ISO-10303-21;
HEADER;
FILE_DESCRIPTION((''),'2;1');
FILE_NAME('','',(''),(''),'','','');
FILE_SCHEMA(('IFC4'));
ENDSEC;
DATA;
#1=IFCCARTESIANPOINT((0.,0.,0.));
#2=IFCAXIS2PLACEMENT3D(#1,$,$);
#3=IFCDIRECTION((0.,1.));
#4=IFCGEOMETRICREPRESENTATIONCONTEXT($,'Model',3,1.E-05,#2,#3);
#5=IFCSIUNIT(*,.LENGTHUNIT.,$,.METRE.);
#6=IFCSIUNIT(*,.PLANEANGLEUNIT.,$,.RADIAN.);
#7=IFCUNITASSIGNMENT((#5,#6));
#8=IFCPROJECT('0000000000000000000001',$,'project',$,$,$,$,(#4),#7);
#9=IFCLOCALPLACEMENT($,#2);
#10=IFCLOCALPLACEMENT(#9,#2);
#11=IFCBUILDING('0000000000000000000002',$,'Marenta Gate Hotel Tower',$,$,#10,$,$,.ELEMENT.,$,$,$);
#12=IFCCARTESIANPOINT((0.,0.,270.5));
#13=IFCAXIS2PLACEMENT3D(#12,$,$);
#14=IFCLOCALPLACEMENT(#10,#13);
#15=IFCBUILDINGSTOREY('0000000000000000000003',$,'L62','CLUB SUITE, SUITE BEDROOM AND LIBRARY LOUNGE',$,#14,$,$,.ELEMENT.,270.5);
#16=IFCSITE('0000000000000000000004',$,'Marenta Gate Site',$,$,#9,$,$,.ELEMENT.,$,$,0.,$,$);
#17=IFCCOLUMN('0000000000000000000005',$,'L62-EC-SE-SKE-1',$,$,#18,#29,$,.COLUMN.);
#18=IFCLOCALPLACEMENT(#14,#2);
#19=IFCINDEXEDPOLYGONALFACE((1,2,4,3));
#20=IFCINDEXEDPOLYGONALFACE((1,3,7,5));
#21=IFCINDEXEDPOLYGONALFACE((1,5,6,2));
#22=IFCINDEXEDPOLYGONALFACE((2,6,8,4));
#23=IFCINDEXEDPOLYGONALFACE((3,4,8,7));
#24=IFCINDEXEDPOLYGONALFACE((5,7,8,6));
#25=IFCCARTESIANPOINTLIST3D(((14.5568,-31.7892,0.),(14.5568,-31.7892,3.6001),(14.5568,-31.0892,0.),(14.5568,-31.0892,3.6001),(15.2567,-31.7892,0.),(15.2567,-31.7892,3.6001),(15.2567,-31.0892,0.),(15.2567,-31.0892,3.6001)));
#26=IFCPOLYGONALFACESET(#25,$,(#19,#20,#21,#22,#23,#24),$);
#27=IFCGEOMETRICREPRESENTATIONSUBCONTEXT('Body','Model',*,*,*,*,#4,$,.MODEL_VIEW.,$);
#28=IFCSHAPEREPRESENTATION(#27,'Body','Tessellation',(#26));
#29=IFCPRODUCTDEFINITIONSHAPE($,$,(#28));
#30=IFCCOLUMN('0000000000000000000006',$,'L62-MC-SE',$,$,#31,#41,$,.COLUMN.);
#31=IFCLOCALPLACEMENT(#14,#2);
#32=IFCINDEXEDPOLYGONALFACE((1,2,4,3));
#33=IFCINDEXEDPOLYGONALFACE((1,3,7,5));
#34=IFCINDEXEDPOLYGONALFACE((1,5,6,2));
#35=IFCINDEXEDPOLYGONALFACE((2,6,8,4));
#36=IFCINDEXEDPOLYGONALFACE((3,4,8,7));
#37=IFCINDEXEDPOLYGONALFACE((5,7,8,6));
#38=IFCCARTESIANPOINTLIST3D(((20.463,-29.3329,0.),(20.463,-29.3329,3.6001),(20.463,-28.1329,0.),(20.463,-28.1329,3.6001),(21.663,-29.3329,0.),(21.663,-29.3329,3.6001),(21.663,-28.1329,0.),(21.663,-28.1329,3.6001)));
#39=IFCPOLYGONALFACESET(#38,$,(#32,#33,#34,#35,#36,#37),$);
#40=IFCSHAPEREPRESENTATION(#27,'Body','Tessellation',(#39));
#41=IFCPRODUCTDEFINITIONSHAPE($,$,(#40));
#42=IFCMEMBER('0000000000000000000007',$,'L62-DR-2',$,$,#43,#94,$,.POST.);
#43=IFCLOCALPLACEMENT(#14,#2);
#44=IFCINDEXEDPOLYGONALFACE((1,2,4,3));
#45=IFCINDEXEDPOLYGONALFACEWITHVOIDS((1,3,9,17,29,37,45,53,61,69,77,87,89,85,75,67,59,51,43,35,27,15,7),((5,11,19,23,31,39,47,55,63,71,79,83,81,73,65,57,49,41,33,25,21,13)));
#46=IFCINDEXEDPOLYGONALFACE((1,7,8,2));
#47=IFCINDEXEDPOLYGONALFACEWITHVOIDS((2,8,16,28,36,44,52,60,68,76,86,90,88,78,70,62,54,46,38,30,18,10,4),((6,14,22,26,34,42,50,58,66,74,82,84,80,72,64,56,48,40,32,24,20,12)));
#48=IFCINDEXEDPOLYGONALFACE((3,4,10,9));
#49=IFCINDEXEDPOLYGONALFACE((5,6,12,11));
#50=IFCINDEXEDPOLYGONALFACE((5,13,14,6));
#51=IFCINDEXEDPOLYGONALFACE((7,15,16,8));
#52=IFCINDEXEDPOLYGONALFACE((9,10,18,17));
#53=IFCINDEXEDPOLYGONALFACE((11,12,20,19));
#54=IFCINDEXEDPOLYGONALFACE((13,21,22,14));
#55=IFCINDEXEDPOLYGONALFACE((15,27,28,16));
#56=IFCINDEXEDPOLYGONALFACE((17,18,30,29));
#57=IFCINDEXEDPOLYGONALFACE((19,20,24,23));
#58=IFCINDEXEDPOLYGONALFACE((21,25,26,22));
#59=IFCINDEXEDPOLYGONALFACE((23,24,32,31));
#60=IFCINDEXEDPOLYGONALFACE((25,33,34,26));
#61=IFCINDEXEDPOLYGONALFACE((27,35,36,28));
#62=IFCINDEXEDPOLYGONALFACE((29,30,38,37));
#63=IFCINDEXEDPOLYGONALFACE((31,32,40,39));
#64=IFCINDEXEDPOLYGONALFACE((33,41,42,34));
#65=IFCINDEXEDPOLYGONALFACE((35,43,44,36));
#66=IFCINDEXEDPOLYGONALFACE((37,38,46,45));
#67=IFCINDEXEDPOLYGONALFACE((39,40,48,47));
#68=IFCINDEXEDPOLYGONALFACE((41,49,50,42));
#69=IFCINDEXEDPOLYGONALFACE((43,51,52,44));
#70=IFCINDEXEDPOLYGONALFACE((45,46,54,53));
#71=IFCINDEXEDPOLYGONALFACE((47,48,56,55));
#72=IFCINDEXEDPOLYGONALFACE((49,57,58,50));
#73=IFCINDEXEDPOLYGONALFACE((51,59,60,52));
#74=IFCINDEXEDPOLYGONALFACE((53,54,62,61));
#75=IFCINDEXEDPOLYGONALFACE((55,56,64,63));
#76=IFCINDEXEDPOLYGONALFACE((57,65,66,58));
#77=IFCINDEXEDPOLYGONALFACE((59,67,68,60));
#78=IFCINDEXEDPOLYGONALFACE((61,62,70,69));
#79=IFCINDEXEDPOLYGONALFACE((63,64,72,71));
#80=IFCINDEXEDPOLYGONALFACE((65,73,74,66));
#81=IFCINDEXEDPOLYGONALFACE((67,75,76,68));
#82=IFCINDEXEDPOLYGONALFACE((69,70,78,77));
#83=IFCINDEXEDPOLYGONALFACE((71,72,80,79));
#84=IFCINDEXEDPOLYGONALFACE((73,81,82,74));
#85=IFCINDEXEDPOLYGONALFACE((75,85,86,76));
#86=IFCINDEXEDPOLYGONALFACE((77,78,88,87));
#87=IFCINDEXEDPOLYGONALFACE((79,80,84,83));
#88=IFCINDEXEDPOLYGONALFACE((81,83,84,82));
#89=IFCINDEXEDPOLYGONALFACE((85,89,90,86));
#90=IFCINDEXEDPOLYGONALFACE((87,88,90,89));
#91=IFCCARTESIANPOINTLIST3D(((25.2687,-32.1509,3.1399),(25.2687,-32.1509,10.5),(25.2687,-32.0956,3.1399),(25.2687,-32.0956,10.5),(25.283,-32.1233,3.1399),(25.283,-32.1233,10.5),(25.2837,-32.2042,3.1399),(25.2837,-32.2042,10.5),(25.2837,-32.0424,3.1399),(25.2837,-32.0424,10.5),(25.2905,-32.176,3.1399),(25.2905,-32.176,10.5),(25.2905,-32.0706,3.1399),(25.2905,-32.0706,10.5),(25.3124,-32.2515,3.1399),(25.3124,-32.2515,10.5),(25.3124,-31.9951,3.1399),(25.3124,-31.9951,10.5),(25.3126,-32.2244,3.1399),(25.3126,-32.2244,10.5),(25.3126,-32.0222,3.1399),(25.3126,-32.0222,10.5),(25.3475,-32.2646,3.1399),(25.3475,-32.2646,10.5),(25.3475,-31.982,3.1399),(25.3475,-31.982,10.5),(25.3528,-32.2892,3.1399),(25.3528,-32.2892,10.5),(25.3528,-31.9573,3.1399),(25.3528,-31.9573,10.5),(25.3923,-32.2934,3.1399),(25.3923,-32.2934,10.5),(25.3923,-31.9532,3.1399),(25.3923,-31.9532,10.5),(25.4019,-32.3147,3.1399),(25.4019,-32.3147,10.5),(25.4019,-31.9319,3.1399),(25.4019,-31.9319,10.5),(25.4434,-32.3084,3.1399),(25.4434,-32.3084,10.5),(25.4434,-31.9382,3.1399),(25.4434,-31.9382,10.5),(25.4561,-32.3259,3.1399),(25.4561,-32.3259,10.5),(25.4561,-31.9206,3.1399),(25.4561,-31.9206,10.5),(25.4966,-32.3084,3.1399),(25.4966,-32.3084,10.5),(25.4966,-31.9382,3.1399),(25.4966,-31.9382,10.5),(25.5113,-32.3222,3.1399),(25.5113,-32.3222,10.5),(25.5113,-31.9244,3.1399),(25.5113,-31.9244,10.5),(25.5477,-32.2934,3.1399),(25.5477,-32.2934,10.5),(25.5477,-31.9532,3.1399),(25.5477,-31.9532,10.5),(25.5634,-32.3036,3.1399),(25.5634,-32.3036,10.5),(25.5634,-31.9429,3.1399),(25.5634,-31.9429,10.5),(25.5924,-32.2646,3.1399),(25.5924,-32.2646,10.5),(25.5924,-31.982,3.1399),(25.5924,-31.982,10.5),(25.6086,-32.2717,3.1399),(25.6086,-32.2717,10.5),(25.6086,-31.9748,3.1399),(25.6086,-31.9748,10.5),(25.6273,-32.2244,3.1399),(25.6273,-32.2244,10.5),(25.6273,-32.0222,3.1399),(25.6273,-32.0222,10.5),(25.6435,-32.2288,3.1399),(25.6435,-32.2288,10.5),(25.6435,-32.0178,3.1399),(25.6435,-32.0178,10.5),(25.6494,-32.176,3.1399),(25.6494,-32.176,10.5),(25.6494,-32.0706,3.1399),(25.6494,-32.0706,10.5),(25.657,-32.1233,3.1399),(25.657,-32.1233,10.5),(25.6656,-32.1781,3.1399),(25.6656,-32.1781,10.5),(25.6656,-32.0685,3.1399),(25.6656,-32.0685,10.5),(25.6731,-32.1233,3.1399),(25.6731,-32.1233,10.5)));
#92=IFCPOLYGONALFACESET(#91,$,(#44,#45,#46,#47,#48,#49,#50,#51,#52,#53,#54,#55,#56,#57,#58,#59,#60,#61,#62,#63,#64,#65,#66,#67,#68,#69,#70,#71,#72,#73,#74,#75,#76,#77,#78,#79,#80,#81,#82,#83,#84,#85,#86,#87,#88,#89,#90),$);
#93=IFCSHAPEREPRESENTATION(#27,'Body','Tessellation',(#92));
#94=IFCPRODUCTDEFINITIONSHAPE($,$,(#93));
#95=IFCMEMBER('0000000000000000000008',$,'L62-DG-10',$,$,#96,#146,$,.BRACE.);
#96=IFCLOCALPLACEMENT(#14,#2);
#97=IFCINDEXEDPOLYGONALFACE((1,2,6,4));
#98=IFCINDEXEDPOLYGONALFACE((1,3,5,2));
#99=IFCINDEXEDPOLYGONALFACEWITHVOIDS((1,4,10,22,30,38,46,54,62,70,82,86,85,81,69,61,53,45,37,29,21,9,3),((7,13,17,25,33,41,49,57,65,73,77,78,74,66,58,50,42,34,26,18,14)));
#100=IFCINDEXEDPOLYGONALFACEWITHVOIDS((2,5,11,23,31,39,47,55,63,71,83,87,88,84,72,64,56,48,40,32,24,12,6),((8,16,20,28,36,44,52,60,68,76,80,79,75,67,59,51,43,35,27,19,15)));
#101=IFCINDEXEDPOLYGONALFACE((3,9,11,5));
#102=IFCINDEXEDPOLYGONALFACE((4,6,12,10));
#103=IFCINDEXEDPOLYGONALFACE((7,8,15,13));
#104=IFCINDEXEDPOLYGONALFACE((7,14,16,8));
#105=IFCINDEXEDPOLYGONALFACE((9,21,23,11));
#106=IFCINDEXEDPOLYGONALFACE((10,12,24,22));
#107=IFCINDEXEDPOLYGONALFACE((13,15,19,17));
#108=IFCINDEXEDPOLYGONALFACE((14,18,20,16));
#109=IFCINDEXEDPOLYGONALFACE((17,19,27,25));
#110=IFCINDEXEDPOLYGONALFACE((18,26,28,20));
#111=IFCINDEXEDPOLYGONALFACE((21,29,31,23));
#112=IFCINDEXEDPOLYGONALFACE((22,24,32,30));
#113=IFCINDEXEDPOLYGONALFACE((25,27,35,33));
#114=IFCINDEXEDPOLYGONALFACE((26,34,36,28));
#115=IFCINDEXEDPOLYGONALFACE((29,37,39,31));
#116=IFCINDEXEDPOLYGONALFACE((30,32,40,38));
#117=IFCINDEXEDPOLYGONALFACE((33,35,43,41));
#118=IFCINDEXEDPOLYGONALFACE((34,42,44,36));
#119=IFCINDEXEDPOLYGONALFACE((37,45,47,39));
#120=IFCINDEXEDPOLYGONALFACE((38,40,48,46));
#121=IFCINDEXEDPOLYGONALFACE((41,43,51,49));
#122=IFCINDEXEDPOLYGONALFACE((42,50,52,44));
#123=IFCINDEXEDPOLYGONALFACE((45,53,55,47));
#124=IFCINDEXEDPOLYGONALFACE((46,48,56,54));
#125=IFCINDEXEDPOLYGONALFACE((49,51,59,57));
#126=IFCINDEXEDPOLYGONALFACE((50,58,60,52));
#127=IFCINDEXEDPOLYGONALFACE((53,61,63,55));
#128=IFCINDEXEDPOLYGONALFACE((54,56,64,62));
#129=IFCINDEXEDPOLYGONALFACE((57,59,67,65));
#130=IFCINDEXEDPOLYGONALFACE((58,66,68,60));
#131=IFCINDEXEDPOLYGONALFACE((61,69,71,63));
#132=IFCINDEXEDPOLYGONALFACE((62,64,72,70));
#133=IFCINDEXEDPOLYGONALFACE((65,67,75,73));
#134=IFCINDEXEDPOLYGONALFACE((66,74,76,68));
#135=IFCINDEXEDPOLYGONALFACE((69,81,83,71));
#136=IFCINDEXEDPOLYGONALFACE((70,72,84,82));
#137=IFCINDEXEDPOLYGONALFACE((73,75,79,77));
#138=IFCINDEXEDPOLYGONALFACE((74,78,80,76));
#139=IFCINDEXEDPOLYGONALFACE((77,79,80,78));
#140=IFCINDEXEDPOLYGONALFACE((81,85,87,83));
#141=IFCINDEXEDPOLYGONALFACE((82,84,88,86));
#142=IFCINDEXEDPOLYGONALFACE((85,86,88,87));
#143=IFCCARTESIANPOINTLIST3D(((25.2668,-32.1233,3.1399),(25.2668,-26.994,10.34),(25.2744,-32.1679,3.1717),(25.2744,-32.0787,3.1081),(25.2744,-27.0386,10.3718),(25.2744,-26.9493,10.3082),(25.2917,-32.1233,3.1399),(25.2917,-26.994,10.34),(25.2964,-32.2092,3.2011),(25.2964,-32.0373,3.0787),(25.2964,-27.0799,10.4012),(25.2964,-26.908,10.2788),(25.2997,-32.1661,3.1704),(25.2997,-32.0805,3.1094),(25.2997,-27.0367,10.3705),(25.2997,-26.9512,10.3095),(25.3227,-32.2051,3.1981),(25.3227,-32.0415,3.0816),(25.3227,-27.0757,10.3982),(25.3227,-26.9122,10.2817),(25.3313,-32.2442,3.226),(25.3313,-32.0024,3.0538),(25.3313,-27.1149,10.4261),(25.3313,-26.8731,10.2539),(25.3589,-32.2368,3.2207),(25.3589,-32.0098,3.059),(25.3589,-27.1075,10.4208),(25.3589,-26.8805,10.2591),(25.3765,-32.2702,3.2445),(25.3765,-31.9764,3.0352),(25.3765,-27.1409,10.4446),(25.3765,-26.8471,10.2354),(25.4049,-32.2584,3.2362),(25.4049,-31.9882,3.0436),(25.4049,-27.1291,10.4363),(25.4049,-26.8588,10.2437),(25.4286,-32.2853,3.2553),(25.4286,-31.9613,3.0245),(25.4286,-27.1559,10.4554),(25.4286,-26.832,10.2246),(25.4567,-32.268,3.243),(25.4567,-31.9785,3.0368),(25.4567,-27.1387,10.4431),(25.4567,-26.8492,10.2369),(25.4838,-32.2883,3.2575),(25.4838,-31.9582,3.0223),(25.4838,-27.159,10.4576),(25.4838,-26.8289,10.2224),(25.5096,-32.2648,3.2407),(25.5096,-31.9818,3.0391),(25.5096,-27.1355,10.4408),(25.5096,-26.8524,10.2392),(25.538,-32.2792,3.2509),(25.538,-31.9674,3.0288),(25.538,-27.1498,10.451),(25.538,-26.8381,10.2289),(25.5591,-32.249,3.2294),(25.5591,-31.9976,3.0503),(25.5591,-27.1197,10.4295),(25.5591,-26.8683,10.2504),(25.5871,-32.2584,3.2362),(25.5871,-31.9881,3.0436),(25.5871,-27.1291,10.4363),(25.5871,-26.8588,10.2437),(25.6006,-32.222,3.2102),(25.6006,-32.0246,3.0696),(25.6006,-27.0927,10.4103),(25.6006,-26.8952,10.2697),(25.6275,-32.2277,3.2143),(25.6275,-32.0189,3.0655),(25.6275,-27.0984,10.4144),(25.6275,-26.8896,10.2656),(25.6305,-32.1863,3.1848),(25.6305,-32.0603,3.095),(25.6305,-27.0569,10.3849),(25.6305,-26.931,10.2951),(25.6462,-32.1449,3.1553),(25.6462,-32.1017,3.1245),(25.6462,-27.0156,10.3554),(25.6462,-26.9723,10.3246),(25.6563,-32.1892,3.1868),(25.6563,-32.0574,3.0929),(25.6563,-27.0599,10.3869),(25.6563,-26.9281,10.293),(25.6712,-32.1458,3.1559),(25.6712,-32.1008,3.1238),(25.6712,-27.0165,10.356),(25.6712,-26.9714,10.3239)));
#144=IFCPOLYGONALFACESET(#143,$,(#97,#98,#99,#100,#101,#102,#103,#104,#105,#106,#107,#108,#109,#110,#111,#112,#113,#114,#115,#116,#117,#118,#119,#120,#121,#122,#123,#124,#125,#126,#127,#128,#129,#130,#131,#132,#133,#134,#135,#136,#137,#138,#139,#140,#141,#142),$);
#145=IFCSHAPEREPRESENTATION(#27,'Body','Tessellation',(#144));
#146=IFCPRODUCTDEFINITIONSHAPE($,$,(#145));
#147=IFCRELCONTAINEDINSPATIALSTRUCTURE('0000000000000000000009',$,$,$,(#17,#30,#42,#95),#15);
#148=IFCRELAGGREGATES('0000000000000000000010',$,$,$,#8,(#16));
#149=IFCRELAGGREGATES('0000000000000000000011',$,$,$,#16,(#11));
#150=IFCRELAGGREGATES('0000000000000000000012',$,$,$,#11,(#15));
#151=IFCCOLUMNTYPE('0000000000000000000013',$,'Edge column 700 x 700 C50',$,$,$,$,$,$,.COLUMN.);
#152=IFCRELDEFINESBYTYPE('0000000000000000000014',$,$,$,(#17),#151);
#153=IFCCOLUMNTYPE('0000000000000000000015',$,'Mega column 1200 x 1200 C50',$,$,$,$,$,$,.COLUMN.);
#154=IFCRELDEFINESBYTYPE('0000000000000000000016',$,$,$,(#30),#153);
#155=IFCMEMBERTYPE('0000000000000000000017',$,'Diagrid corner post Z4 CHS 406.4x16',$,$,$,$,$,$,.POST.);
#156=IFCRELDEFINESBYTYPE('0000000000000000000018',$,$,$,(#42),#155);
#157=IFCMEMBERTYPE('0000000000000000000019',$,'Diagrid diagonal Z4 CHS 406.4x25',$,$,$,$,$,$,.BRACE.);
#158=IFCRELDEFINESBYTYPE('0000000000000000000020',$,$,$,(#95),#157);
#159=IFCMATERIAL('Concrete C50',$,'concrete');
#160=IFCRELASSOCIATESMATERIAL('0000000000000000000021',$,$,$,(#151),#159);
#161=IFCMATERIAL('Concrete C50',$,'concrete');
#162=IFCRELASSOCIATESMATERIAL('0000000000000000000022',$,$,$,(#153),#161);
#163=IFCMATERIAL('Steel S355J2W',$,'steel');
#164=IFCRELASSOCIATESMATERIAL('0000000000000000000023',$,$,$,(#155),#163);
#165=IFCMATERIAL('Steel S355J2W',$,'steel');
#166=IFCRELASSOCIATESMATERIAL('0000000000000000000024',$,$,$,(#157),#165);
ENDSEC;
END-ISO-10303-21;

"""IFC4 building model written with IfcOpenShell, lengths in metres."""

from ifc_helpers import new_model, si_unit, direction, frame, origin, origin_2d, place, context, subcontext, project, spatial, rectangle, hollow_circle, extrude, material, material_profile, profile_set, type_object, element, save


model = new_model("IFC4")

# Units and contexts
model_context = context("Model", 3, precision=1e-05, world=origin(), true_north=direction((0.0, 1.0)))
body_context = subcontext(model_context, "Body", "Model", "MODEL_VIEW")
ifc_project = project(units=[si_unit("LENGTHUNIT", "METRE"), si_unit("PLANEANGLEUNIT", "RADIAN")], contexts=[model_context])

# Site, building, storey
site_placement = place(None, origin())
site = spatial("IfcSite", under=ifc_project, at=site_placement, Name="Marenta Gate Site", CompositionType="ELEMENT", RefElevation=0.0)
building_placement = place(site_placement, origin())
building = spatial("IfcBuilding", under=site, at=building_placement, Name="Marenta Gate Hotel Tower", CompositionType="ELEMENT")
storey_placement = place(building_placement, frame((0.0, 0.0, 270.5)))
storey = spatial("IfcBuildingStorey", under=building, at=storey_placement, Name="L62", Description="CLUB SUITE, SUITE BEDROOM AND LIBRARY LOUNGE", CompositionType="ELEMENT", Elevation=270.5)

# Columns
ifc_material_1 = material(Name="Concrete C50", Category="concrete")
ifc_material_profile_1 = material_profile(ifc_material_1, rectangle(XDim=0.7, YDim=0.7, at=origin_2d()), Name="700 x 700")
ifc_profile_set_1 = profile_set([ifc_material_profile_1], Name="Concrete C50")
column_type_1 = type_object("IfcColumnType", Name="Edge column 700 x 700 C50", PredefinedType="COLUMN", material=ifc_profile_set_1)
column_1_placement = place(storey_placement, frame((14.9067, -31.4392, 0.0), z_axis=(0.0, 0.0, 1.0), x_axis=(1.0, 0.0, 0.0)))
element("IfcColumn", 1, at=column_1_placement, inside=storey, type_object=column_type_1, Name="L62-EC-SE-SKE-1", PredefinedType="COLUMN", context=body_context, shape_type="SweptSolid", body=[
    extrude(rectangle(XDim=0.7, YDim=0.7, at=origin_2d()), origin(), (0.0, 0.0, 1.0), 3.6001),
])
ifc_material_2 = material(Name="Concrete C50", Category="concrete")
ifc_material_profile_2 = material_profile(ifc_material_2, rectangle(XDim=1.2, YDim=1.2, at=origin_2d()), Name="1200 x 1200")
ifc_profile_set_2 = profile_set([ifc_material_profile_2], Name="Concrete C50")
column_type_2 = type_object("IfcColumnType", Name="Mega column 1200 x 1200 C50", PredefinedType="COLUMN", material=ifc_profile_set_2)
column_2_placement = place(storey_placement, frame((21.063, -28.7329, 0.0), z_axis=(0.0, 0.0, 1.0), x_axis=(1.0, 0.0, 0.0)))
element("IfcColumn", 2, at=column_2_placement, inside=storey, type_object=column_type_2, Name="L62-MC-SE", PredefinedType="COLUMN", context=body_context, shape_type="SweptSolid", body=[
    extrude(rectangle(XDim=1.2, YDim=1.2, at=origin_2d()), origin(), (0.0, 0.0, 1.0), 3.6001),
])

# Members
ifc_material_3 = material(Name="Steel S355J2W", Category="steel")
ifc_material_profile_3 = material_profile(ifc_material_3, hollow_circle(Radius=0.2031, WallThickness=0.0161, at=origin_2d()), Name="CHS 406.4x16")
ifc_profile_set_3 = profile_set([ifc_material_profile_3], Name="Steel S355J2W")
member_type_1 = type_object("IfcMemberType", Name="Diagrid corner post Z4 CHS 406.4x16", PredefinedType="POST", material=ifc_profile_set_3)
member_1_placement = place(storey_placement, frame((25.47, -32.1233, 3.1399), z_axis=(0.0, 0.0, 1.0), x_axis=(1.0, 0.0, 0.0)))
element("IfcMember", 3, at=member_1_placement, inside=storey, type_object=member_type_1, Name="L62-DR-2", PredefinedType="POST", context=body_context, shape_type="SweptSolid", body=[
    extrude(hollow_circle(Radius=0.2031, WallThickness=0.0161, at=origin_2d()), origin(), (0.0, 0.0, 1.0), 7.3601),
])
ifc_material_4 = material(Name="Steel S355J2W", Category="steel")
ifc_material_profile_4 = material_profile(ifc_material_4, hollow_circle(Radius=0.2031, WallThickness=0.0249, at=origin_2d()), Name="CHS 406.4x25")
ifc_profile_set_4 = profile_set([ifc_material_profile_4], Name="Steel S355J2W")
member_type_2 = type_object("IfcMemberType", Name="Diagrid diagonal Z4 CHS 406.4x25", PredefinedType="BRACE", material=ifc_profile_set_4)
member_2_placement = place(storey_placement, frame((25.47, -32.1233, 3.1399), z_axis=(0.0, 0.580219, 0.814461), x_axis=(-1.0, 0.0, 0.0)))
element("IfcMember", 4, at=member_2_placement, inside=storey, type_object=member_type_2, Name="L62-DG-10", PredefinedType="BRACE", context=body_context, shape_type="SweptSolid", body=[
    extrude(hollow_circle(Radius=0.2031, WallThickness=0.0249, at=origin_2d()), origin(), (0.0, 0.0, 1.0), 8.8403),
])

save(model, "model.ifc")
